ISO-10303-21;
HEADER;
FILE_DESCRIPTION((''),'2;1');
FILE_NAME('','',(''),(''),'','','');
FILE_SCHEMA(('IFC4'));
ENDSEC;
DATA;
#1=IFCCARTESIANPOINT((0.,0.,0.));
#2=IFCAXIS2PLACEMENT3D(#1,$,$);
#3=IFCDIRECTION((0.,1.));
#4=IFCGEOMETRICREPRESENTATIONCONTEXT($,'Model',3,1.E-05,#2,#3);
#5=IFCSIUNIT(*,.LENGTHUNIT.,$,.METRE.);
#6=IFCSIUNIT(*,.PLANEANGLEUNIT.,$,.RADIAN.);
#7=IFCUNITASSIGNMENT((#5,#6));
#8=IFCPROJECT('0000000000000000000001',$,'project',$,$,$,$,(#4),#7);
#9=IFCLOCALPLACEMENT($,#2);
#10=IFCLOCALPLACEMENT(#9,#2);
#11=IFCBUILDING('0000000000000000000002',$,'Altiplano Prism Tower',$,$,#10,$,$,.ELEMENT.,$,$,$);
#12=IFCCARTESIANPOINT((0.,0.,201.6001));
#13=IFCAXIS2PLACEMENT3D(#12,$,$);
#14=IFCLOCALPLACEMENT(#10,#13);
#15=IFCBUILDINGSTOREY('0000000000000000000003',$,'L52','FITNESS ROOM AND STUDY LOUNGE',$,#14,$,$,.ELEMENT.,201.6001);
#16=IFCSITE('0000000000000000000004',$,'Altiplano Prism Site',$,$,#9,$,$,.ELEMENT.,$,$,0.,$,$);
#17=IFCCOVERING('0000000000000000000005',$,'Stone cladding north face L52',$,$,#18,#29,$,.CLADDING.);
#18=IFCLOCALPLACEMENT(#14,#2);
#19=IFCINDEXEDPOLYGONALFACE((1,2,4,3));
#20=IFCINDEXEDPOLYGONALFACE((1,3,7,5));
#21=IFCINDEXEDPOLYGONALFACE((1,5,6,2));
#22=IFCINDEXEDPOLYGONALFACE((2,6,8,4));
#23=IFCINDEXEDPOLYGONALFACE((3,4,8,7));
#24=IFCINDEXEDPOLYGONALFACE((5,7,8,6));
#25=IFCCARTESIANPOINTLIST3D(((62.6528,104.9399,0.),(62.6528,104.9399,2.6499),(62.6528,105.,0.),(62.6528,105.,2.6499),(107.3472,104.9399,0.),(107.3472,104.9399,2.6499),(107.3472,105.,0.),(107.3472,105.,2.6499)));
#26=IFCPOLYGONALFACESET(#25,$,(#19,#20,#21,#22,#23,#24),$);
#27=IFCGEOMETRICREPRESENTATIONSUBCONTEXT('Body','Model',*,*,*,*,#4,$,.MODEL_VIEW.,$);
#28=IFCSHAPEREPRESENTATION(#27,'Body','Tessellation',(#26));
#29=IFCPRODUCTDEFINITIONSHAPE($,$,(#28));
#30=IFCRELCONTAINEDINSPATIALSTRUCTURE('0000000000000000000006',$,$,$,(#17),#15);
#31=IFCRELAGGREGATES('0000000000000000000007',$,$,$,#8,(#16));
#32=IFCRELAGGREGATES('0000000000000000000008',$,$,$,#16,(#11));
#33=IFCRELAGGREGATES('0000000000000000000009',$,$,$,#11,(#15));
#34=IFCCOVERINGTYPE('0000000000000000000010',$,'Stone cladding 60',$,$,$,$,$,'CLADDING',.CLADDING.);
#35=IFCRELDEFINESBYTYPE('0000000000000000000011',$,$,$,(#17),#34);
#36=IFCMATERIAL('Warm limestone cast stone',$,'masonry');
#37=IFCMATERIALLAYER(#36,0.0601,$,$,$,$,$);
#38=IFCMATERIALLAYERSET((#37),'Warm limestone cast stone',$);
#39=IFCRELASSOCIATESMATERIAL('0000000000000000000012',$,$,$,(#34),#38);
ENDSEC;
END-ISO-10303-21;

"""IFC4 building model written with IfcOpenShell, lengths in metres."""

from ifc_helpers import new_model, si_unit, direction, frame, frame_2d, origin, place, context, subcontext, project, spatial, rectangle, extrude, material, layer, layer_set, type_object, element, save


model = new_model("IFC4")

# Units and contexts
model_context = context("Model", 3, precision=1e-05, world=origin(), true_north=direction((0.0, 1.0)))
body_context = subcontext(model_context, "Body", "Model", "MODEL_VIEW")
ifc_project = project(units=[si_unit("LENGTHUNIT", "METRE"), si_unit("PLANEANGLEUNIT", "RADIAN")], contexts=[model_context])

# Site, building, storey
site_placement = place(None, origin())
site = spatial("IfcSite", under=ifc_project, at=site_placement, Name="Altiplano Prism Site", CompositionType="ELEMENT", RefElevation=0.0)
building_placement = place(site_placement, origin())
building = spatial("IfcBuilding", under=site, at=building_placement, Name="Altiplano Prism Tower", CompositionType="ELEMENT")
storey_placement = place(building_placement, frame((0.0, 0.0, 201.6001)))
storey = spatial("IfcBuildingStorey", under=building, at=storey_placement, Name="L52", Description="FITNESS ROOM AND STUDY LOUNGE", CompositionType="ELEMENT", Elevation=201.6001)

# Covering
ifc_material_1 = material(Name="Warm limestone cast stone", Category="masonry")
ifc_layer_1 = layer(ifc_material_1, 0.0601)
ifc_layer_set_1 = layer_set([ifc_layer_1], Name="Warm limestone cast stone")
covering_type = type_object("IfcCoveringType", Name="Stone cladding 60", ElementType="CLADDING", PredefinedType="CLADDING", material=ifc_layer_set_1)
covering_placement = place(storey_placement, frame((62.6528, 104.97, 0.0), z_axis=(0.0, 0.0, 1.0), x_axis=(1.0, 0.0, 0.0)))
element("IfcCovering", 1, at=covering_placement, inside=storey, type_object=covering_type, Name="Stone cladding north face L52", PredefinedType="CLADDING", context=body_context, shape_type="SweptSolid", body=[
    extrude(rectangle(XDim=44.6943, YDim=0.0601, at=frame_2d((22.3472, 0.0))), origin(), (0.0, 0.0, 1.0), 2.6499),
])

save(model, "model.ifc")
